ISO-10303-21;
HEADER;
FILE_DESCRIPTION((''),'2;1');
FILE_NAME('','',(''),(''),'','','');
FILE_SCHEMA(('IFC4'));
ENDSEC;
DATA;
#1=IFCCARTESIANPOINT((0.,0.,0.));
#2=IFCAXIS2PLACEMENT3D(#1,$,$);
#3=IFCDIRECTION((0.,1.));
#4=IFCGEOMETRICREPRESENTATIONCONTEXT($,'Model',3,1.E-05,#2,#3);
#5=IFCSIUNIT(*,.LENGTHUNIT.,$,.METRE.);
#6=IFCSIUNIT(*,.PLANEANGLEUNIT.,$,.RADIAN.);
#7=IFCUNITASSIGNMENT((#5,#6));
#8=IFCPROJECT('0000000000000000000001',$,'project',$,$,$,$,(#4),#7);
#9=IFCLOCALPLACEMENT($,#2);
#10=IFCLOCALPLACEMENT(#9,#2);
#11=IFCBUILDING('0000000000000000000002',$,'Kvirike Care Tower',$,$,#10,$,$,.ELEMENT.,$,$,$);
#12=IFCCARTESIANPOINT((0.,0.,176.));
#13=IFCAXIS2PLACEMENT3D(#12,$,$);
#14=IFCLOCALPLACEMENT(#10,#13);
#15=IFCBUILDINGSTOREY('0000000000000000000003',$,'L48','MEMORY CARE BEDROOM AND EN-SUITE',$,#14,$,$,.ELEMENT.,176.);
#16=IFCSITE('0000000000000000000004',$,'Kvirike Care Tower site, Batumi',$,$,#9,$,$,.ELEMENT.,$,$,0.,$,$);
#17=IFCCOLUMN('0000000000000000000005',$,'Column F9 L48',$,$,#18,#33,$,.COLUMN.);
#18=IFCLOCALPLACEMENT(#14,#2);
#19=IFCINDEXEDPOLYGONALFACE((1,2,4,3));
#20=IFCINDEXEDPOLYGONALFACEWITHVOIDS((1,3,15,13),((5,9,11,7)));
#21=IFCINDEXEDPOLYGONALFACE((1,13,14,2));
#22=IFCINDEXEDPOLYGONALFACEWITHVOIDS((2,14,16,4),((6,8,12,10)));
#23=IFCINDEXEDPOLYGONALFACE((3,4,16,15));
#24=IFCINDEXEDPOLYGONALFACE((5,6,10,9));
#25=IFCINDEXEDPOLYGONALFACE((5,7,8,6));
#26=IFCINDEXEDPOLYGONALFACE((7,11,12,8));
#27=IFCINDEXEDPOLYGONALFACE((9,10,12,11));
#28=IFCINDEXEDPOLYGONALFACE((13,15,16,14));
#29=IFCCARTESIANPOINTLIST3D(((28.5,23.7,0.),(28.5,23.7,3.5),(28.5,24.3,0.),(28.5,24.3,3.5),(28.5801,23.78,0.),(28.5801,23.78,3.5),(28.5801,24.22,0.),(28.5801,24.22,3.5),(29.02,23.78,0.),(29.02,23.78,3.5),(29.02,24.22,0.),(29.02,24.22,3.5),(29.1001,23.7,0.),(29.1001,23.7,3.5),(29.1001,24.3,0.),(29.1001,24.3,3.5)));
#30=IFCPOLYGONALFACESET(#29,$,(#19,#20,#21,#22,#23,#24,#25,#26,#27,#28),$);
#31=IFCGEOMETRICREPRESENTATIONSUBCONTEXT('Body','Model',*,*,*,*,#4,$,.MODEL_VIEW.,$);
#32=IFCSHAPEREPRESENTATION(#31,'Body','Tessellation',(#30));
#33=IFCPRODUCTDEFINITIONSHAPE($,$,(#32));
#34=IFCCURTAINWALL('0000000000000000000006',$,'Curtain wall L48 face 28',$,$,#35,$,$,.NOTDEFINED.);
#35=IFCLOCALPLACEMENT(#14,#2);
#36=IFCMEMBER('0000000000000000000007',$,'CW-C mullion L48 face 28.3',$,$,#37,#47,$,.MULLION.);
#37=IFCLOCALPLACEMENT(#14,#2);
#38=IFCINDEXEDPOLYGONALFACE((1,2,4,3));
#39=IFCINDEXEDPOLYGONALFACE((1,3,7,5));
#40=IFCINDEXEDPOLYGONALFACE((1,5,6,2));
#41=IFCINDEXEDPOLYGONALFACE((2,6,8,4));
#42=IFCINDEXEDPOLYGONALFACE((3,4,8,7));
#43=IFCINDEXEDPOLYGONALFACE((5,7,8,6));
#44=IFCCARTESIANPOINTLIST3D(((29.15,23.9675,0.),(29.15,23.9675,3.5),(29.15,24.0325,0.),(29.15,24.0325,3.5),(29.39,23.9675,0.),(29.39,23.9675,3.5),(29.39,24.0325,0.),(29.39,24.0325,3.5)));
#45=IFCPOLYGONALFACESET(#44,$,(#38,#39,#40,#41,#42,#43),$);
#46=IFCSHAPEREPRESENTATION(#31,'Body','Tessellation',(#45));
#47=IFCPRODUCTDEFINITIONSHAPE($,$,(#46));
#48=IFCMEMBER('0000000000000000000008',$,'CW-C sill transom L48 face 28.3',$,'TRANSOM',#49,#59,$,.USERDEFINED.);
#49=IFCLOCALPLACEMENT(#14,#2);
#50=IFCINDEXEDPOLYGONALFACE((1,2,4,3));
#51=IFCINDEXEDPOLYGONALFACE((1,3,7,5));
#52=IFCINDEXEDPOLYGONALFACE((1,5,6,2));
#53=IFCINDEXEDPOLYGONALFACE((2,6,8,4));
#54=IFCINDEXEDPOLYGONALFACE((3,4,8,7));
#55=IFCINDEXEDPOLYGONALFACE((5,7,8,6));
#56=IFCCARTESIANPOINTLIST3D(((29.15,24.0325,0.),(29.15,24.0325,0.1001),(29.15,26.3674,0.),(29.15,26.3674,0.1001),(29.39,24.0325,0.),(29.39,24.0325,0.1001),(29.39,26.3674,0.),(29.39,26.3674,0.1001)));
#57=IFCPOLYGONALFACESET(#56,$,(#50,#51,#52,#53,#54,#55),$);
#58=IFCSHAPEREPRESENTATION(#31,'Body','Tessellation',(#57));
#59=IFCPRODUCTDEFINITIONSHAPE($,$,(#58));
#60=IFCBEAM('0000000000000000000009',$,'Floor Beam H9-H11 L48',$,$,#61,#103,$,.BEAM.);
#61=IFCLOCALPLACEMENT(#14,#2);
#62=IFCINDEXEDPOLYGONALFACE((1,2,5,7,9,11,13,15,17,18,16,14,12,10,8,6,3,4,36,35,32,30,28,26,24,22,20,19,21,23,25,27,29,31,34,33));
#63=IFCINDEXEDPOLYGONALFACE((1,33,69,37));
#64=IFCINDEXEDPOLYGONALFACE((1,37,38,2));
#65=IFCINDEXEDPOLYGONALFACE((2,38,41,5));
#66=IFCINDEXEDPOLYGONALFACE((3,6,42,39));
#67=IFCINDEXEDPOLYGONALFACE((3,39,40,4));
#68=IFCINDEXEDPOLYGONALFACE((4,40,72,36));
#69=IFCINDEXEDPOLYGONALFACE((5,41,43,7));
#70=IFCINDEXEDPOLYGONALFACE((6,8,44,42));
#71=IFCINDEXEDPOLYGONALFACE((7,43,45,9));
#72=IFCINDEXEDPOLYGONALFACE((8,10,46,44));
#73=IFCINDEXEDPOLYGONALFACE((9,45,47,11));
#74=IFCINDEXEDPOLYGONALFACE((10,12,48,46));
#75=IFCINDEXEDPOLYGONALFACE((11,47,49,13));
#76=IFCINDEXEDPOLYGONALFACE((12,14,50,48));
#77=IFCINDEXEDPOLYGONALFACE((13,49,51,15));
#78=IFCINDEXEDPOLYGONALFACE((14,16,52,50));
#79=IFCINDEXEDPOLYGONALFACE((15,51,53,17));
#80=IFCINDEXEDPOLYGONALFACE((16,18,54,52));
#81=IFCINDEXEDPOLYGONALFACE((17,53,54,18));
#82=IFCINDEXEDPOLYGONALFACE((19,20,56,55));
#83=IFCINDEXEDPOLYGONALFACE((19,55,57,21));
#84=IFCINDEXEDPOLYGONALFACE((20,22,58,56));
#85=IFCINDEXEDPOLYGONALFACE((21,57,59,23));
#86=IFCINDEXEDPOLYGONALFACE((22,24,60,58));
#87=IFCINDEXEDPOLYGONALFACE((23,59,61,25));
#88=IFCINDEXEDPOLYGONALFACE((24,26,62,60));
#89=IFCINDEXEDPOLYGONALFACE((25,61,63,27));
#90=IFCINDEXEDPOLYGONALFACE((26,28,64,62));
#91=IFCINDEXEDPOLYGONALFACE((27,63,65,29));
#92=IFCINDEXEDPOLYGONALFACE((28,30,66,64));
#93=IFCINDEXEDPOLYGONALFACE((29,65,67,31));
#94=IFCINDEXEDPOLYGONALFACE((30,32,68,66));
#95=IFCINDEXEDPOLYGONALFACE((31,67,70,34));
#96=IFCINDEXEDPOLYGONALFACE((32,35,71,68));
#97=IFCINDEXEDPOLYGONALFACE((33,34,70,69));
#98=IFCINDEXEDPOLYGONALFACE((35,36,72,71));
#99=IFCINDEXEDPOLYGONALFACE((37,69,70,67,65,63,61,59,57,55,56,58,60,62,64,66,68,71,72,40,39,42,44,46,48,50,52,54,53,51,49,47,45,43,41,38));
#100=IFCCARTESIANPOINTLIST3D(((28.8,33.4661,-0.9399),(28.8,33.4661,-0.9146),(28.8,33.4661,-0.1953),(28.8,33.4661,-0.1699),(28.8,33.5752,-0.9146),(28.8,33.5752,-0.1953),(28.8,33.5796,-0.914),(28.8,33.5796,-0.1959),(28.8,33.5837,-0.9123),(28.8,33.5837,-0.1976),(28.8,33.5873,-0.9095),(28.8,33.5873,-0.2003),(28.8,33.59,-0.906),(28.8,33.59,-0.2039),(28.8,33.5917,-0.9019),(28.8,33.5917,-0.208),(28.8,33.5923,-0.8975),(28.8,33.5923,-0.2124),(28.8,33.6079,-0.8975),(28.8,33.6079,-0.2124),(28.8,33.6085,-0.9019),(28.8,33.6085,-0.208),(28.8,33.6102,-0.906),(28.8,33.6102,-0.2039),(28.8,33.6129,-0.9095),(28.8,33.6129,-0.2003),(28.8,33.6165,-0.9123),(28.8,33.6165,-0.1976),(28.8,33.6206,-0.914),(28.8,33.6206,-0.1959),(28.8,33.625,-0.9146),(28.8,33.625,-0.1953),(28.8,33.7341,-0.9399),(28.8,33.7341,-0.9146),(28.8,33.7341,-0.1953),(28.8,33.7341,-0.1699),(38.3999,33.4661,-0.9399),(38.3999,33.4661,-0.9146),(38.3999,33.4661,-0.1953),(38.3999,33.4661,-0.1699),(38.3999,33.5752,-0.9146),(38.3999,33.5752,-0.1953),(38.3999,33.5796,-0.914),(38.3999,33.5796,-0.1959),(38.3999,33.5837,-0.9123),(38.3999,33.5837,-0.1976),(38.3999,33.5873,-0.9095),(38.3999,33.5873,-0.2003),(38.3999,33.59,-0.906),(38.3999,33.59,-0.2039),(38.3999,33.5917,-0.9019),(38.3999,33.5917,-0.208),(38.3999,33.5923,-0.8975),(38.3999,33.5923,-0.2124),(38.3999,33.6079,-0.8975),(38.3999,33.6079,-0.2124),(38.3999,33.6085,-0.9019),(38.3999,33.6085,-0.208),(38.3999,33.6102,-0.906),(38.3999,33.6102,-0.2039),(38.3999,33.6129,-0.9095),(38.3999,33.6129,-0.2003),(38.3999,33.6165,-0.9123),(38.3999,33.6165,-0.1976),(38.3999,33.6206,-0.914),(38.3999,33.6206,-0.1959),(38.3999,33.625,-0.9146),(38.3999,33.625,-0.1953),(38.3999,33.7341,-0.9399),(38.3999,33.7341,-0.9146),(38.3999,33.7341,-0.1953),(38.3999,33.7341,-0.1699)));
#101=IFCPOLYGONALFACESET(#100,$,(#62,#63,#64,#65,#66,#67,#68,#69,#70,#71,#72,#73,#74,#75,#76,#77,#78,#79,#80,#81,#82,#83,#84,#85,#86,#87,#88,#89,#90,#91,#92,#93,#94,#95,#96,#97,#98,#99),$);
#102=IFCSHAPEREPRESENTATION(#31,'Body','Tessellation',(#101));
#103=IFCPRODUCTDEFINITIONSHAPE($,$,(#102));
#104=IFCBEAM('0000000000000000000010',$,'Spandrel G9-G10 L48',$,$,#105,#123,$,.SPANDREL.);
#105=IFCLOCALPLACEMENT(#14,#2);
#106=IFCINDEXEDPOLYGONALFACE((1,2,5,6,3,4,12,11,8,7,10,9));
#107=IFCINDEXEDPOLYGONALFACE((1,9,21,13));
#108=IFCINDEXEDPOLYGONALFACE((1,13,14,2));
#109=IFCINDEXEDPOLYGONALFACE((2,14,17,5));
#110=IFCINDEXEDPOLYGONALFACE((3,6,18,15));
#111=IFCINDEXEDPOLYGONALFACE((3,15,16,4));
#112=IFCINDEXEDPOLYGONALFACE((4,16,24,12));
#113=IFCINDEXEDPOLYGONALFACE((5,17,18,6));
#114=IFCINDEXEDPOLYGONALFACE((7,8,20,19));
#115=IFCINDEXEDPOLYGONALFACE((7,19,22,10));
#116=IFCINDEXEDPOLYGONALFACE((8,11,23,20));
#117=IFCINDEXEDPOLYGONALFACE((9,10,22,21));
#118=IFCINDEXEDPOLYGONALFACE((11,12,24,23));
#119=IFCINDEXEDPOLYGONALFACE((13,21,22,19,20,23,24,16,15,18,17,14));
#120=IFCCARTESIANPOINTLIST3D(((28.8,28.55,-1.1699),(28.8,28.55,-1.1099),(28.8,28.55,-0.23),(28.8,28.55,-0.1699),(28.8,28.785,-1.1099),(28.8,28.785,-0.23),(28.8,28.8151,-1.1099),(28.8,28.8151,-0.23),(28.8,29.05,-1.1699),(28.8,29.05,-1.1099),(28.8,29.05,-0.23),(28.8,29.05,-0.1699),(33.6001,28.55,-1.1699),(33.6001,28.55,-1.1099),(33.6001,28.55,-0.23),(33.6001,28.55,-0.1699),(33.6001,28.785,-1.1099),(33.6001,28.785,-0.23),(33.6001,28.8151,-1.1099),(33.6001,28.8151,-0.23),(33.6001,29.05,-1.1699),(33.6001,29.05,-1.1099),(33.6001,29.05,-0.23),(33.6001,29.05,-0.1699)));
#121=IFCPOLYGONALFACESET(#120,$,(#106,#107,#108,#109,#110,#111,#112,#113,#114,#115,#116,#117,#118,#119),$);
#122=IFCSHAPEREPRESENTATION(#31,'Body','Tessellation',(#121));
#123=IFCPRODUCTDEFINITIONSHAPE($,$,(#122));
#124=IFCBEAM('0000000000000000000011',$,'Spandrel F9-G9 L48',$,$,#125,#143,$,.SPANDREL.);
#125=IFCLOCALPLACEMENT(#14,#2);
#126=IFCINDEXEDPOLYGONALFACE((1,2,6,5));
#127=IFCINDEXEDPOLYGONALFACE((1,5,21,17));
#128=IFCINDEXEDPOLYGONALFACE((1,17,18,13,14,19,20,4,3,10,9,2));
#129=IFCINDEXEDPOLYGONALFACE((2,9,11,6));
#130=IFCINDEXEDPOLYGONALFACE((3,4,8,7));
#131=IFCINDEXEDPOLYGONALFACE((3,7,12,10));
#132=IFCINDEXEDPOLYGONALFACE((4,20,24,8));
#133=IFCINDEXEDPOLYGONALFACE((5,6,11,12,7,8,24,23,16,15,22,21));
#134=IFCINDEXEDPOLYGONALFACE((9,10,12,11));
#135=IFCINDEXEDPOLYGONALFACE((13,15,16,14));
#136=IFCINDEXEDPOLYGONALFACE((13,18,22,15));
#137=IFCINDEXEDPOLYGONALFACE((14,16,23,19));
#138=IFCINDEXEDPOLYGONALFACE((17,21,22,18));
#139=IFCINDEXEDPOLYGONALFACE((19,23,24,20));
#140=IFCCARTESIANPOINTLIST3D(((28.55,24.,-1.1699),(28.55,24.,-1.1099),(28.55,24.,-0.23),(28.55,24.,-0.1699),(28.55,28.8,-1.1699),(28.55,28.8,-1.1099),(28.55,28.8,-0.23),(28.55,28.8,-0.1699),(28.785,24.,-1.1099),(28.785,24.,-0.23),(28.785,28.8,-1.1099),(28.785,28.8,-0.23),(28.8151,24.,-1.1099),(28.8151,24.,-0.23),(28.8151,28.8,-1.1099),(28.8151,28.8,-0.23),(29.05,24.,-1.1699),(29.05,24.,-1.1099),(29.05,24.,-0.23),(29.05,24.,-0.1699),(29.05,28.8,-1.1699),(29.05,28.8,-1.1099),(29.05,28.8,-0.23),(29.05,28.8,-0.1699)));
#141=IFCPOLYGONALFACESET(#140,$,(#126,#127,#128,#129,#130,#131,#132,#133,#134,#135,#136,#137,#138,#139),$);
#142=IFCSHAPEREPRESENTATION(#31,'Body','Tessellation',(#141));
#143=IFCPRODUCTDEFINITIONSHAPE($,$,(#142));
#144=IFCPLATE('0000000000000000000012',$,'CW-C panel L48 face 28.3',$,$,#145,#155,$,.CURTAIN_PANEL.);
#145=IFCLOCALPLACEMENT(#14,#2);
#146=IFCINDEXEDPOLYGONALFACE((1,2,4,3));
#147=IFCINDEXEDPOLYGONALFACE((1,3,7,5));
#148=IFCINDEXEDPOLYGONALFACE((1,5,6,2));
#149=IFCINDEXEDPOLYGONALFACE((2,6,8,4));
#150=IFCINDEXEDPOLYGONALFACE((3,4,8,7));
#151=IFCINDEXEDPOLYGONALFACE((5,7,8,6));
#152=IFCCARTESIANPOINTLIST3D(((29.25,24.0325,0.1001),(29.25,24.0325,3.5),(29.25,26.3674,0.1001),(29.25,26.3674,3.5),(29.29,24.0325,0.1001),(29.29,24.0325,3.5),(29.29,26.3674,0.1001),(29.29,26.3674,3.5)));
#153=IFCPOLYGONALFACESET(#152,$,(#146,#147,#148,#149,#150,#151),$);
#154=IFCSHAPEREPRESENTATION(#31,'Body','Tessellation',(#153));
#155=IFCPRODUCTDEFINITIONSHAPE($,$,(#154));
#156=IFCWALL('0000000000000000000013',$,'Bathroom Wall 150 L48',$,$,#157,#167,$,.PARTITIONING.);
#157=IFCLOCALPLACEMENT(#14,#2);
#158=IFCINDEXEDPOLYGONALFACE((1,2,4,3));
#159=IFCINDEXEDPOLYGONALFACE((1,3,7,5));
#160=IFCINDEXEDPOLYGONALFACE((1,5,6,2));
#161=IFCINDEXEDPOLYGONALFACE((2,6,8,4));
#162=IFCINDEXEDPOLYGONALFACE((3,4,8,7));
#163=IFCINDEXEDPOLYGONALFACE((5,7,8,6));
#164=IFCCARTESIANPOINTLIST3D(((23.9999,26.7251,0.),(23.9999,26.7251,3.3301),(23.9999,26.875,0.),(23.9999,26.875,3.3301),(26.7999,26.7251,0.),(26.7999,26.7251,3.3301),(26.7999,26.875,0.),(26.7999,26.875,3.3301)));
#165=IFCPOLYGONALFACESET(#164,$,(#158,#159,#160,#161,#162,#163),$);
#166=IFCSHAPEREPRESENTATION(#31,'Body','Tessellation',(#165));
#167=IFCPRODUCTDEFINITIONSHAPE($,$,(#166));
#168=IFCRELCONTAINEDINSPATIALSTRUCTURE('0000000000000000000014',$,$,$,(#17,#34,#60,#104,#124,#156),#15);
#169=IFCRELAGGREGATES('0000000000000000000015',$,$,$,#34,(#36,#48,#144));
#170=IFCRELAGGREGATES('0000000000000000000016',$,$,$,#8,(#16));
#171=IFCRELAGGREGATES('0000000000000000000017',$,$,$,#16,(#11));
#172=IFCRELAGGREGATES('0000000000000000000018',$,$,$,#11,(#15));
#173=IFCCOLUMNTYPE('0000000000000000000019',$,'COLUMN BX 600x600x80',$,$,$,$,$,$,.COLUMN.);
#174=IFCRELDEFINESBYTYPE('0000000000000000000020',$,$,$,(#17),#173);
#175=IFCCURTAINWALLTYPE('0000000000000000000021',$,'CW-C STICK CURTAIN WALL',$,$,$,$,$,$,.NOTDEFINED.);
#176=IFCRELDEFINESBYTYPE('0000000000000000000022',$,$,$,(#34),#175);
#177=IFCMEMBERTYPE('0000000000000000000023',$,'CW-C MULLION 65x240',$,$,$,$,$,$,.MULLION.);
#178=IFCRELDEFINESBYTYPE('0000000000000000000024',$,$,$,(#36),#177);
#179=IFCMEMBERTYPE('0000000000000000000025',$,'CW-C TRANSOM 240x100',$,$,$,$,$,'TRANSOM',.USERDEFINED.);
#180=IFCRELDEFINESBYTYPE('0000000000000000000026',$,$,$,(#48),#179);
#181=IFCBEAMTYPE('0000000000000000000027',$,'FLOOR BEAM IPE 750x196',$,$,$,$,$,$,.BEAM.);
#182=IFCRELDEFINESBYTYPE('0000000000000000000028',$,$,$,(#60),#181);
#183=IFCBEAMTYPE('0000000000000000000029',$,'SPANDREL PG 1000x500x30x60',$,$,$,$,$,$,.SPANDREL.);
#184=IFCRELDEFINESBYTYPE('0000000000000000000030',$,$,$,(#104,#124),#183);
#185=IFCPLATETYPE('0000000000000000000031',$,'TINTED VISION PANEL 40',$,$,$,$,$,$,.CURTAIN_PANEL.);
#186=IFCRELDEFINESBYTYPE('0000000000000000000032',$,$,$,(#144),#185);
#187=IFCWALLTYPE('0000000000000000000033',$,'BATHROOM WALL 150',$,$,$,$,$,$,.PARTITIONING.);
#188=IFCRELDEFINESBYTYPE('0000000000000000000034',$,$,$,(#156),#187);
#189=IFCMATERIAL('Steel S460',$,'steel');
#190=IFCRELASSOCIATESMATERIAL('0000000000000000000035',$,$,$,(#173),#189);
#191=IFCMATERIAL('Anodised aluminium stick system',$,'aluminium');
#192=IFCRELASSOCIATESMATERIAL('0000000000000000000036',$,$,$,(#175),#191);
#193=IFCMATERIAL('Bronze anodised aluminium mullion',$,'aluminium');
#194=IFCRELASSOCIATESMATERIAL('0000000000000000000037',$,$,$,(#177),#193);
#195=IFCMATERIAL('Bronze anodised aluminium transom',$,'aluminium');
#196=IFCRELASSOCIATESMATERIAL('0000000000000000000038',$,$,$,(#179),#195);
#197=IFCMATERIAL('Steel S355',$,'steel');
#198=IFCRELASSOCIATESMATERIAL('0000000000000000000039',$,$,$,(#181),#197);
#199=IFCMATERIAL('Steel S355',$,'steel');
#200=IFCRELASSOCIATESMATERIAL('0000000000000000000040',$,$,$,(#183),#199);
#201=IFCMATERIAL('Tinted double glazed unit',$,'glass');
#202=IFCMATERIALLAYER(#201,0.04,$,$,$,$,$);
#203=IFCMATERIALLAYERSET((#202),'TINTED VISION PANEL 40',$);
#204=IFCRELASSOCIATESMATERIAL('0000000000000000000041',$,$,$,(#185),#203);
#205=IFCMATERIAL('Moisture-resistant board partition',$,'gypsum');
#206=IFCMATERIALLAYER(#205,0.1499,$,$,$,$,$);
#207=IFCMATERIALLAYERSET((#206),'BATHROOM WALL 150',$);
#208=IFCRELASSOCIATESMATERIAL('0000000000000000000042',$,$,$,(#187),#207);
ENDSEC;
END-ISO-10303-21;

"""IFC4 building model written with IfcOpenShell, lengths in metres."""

from ifc_helpers import new_model, si_unit, direction, frame, frame_2d, origin, origin_2d, place, context, subcontext, project, spatial, rectangle, hollow_rectangle, i_section, extrude, material, layer, layer_set, material_profile, profile_set, type_object, element, aggregate, save


model = new_model("IFC4")

# Units and contexts
model_context = context("Model", 3, precision=1e-05, world=origin(), true_north=direction((0.0, 1.0)))
body_context = subcontext(model_context, "Body", "Model", "MODEL_VIEW")
ifc_project = project(units=[si_unit("LENGTHUNIT", "METRE"), si_unit("PLANEANGLEUNIT", "RADIAN")], contexts=[model_context])

# Site, building, storey
site_placement = place(None, origin())
site = spatial("IfcSite", under=ifc_project, at=site_placement, Name="Kvirike Care Tower site, Batumi", CompositionType="ELEMENT", RefElevation=0.0)
building_placement = place(site_placement, origin())
building = spatial("IfcBuilding", under=site, at=building_placement, Name="Kvirike Care Tower", CompositionType="ELEMENT")
storey_placement = place(building_placement, frame((0.0, 0.0, 176.0)))
storey = spatial("IfcBuildingStorey", under=building, at=storey_placement, Name="L48", Description="MEMORY CARE BEDROOM AND EN-SUITE", CompositionType="ELEMENT", Elevation=176.0)

# Column
ifc_material_1 = material(Name="Steel S460", Category="steel")
ifc_material_profile_1 = material_profile(ifc_material_1, hollow_rectangle(XDim=0.6001, YDim=0.6001, WallThickness=0.0801, at=origin_2d()), Name="BX 600x600x80")
ifc_profile_set_1 = profile_set([ifc_material_profile_1], Name="Steel S460")
column_type = type_object("IfcColumnType", Name="COLUMN BX 600x600x80", PredefinedType="COLUMN", material=ifc_profile_set_1)
column_placement = place(storey_placement, frame((28.8, 24.0, 0.0), z_axis=(0.0, 0.0, 1.0), x_axis=(1.0, 0.0, 0.0)))
element("IfcColumn", 1, at=column_placement, inside=storey, type_object=column_type, Name="Column F9 L48", PredefinedType="COLUMN", context=body_context, shape_type="SweptSolid", body=[
    extrude(hollow_rectangle(XDim=0.6001, YDim=0.6001, WallThickness=0.0801, at=origin_2d()), origin(), (0.0, 0.0, 1.0), 3.5),
])

# Curtain wall, members
ifc_material_2 = material(Name="Anodised aluminium stick system", Category="aluminium")
curtain_wall_type = type_object("IfcCurtainWallType", Name="CW-C STICK CURTAIN WALL", PredefinedType="NOTDEFINED", material=ifc_material_2)
curtain_wall_placement = place(storey_placement, origin())
curtain_wall = element("IfcCurtainWall", 2, at=curtain_wall_placement, inside=storey, type_object=curtain_wall_type, Name="Curtain wall L48 face 28", PredefinedType="NOTDEFINED")
ifc_material_3 = material(Name="Bronze anodised aluminium mullion", Category="aluminium")
ifc_material_profile_2 = material_profile(ifc_material_3, rectangle(XDim=0.0649, YDim=0.24, at=origin_2d()), Name="CW-C MULLION 65x240")
ifc_profile_set_2 = profile_set([ifc_material_profile_2], Name="Bronze anodised aluminium mullion")
member_type_1 = type_object("IfcMemberType", Name="CW-C MULLION 65x240", PredefinedType="MULLION", material=ifc_profile_set_2)
member_1_placement = place(storey_placement, frame((29.27, 24.0, 0.0), z_axis=(0.0, 0.0, 1.0), x_axis=(0.0, 1.0, 0.0)))
member_1 = element("IfcMember", 3, at=member_1_placement, type_object=member_type_1, Name="CW-C mullion L48 face 28.3", PredefinedType="MULLION", context=body_context, shape_type="SweptSolid", body=[
    extrude(rectangle(XDim=0.0649, YDim=0.24, at=origin_2d()), origin(), (0.0, 0.0, 1.0), 3.5),
])
ifc_material_4 = material(Name="Bronze anodised aluminium transom", Category="aluminium")
ifc_material_profile_3 = material_profile(ifc_material_4, rectangle(XDim=0.24, YDim=0.1001, at=origin_2d()), Name="CW-C TRANSOM 240x100")
ifc_profile_set_3 = profile_set([ifc_material_profile_3], Name="Bronze anodised aluminium transom")
member_type_2 = type_object("IfcMemberType", Name="CW-C TRANSOM 240x100", ElementType="TRANSOM", PredefinedType="USERDEFINED", material=ifc_profile_set_3)
member_2_placement = place(storey_placement, frame((29.27, 24.0325, 0.05), z_axis=(0.0, 1.0, 0.0), x_axis=(-1.0, 0.0, 0.0)))
member_2 = element("IfcMember", 4, at=member_2_placement, type_object=member_type_2, Name="CW-C sill transom L48 face 28.3", ObjectType="TRANSOM", PredefinedType="USERDEFINED", context=body_context, shape_type="SweptSolid", body=[
    extrude(rectangle(XDim=0.24, YDim=0.1001, at=origin_2d()), origin(), (0.0, 0.0, 1.0), 2.335),
])

# Beams
ifc_material_5 = material(Name="Steel S355", Category="steel")
ifc_material_profile_4 = material_profile(ifc_material_5, i_section(OverallWidth=0.2681, OverallDepth=0.77, WebThickness=0.0156, FlangeThickness=0.0254, FilletRadius=0.0171, at=origin_2d()), Name="IPE 750x196")
ifc_profile_set_4 = profile_set([ifc_material_profile_4], Name="Steel S355")
beam_type_1 = type_object("IfcBeamType", Name="FLOOR BEAM IPE 750x196", PredefinedType="BEAM", material=ifc_profile_set_4)
beam_placement = place(storey_placement, frame((28.8, 33.6001, -0.5549), z_axis=(1.0, 0.0, 0.0), x_axis=(0.0, 1.0, 0.0)))
element("IfcBeam", 5, at=beam_placement, inside=storey, type_object=beam_type_1, Name="Floor Beam H9-H11 L48", PredefinedType="BEAM", context=body_context, shape_type="SweptSolid", body=[
    extrude(i_section(OverallWidth=0.2681, OverallDepth=0.77, WebThickness=0.0156, FlangeThickness=0.0254, FilletRadius=0.0171, at=origin_2d()), origin(), (0.0, 0.0, 1.0), 9.5999),
])
ifc_material_6 = material(Name="Steel S355", Category="steel")
ifc_material_profile_5 = material_profile(ifc_material_6, i_section(OverallWidth=0.5, OverallDepth=1.0, WebThickness=0.03, FlangeThickness=0.0601, at=origin_2d()), Name="PG 1000x500x30x60")
ifc_profile_set_5 = profile_set([ifc_material_profile_5], Name="Steel S355")
beam_type_2 = type_object("IfcBeamType", Name="SPANDREL PG 1000x500x30x60", PredefinedType="SPANDREL", material=ifc_profile_set_5)
for number, where, z_axis, x_axis, name in (
    (6, (28.8, 28.8, -0.6699), (1.0, 0.0, 0.0), (0.0, 1.0, 0.0), "Spandrel G9-G10 L48"),
    (7, (28.8, 24.0, -0.6699), (0.0, 1.0, 0.0), (-1.0, 0.0, 0.0), "Spandrel F9-G9 L48"),
):
    element("IfcBeam", number, at=place(storey_placement, frame(where, z_axis=z_axis, x_axis=x_axis)), inside=storey, type_object=beam_type_2, Name=name, PredefinedType="SPANDREL", context=body_context, shape_type="SweptSolid", body=[
        extrude(i_section(OverallWidth=0.5, OverallDepth=1.0, WebThickness=0.03, FlangeThickness=0.0601, at=origin_2d()), origin(), (0.0, 0.0, 1.0), 4.8),
    ])

# Plate
ifc_material_7 = material(Name="Tinted double glazed unit", Category="glass")
ifc_layer_1 = layer(ifc_material_7, 0.04)
ifc_layer_set_1 = layer_set([ifc_layer_1], Name="TINTED VISION PANEL 40")
plate_type = type_object("IfcPlateType", Name="TINTED VISION PANEL 40", PredefinedType="CURTAIN_PANEL", material=ifc_layer_set_1)
plate_placement = place(storey_placement, frame((29.27, 25.2, 0.1001), z_axis=(0.0, 0.0, 1.0), x_axis=(0.0, 1.0, 0.0)))
plate = element("IfcPlate", 8, at=plate_placement, type_object=plate_type, Name="CW-C panel L48 face 28.3", PredefinedType="CURTAIN_PANEL", context=body_context, shape_type="SweptSolid", body=[
    extrude(rectangle(XDim=2.335, YDim=0.04, at=origin_2d()), origin(), (0.0, 0.0, 1.0), 3.3999),
])
aggregate(curtain_wall, [member_1, member_2, plate])

# Wall
ifc_material_8 = material(Name="Moisture-resistant board partition", Category="gypsum")
ifc_layer_2 = layer(ifc_material_8, 0.1499)
ifc_layer_set_2 = layer_set([ifc_layer_2], Name="BATHROOM WALL 150")
wall_type_1 = type_object("IfcWallType", Name="BATHROOM WALL 150", PredefinedType="PARTITIONING", material=ifc_layer_set_2)
wall_1_placement = place(storey_placement, frame((24.0, 26.8, 0.0), z_axis=(0.0, 0.0, 1.0), x_axis=(1.0, 0.0, 0.0)))
element("IfcWall", 9, at=wall_1_placement, inside=storey, type_object=wall_type_1, Name="Bathroom Wall 150 L48", PredefinedType="PARTITIONING", context=body_context, shape_type="SweptSolid", body=[
    extrude(rectangle(XDim=2.8, YDim=0.1499, at=frame_2d((1.3999, 0.0))), origin(), (0.0, 0.0, 1.0), 3.3301),
])

save(model, "model.ifc")
